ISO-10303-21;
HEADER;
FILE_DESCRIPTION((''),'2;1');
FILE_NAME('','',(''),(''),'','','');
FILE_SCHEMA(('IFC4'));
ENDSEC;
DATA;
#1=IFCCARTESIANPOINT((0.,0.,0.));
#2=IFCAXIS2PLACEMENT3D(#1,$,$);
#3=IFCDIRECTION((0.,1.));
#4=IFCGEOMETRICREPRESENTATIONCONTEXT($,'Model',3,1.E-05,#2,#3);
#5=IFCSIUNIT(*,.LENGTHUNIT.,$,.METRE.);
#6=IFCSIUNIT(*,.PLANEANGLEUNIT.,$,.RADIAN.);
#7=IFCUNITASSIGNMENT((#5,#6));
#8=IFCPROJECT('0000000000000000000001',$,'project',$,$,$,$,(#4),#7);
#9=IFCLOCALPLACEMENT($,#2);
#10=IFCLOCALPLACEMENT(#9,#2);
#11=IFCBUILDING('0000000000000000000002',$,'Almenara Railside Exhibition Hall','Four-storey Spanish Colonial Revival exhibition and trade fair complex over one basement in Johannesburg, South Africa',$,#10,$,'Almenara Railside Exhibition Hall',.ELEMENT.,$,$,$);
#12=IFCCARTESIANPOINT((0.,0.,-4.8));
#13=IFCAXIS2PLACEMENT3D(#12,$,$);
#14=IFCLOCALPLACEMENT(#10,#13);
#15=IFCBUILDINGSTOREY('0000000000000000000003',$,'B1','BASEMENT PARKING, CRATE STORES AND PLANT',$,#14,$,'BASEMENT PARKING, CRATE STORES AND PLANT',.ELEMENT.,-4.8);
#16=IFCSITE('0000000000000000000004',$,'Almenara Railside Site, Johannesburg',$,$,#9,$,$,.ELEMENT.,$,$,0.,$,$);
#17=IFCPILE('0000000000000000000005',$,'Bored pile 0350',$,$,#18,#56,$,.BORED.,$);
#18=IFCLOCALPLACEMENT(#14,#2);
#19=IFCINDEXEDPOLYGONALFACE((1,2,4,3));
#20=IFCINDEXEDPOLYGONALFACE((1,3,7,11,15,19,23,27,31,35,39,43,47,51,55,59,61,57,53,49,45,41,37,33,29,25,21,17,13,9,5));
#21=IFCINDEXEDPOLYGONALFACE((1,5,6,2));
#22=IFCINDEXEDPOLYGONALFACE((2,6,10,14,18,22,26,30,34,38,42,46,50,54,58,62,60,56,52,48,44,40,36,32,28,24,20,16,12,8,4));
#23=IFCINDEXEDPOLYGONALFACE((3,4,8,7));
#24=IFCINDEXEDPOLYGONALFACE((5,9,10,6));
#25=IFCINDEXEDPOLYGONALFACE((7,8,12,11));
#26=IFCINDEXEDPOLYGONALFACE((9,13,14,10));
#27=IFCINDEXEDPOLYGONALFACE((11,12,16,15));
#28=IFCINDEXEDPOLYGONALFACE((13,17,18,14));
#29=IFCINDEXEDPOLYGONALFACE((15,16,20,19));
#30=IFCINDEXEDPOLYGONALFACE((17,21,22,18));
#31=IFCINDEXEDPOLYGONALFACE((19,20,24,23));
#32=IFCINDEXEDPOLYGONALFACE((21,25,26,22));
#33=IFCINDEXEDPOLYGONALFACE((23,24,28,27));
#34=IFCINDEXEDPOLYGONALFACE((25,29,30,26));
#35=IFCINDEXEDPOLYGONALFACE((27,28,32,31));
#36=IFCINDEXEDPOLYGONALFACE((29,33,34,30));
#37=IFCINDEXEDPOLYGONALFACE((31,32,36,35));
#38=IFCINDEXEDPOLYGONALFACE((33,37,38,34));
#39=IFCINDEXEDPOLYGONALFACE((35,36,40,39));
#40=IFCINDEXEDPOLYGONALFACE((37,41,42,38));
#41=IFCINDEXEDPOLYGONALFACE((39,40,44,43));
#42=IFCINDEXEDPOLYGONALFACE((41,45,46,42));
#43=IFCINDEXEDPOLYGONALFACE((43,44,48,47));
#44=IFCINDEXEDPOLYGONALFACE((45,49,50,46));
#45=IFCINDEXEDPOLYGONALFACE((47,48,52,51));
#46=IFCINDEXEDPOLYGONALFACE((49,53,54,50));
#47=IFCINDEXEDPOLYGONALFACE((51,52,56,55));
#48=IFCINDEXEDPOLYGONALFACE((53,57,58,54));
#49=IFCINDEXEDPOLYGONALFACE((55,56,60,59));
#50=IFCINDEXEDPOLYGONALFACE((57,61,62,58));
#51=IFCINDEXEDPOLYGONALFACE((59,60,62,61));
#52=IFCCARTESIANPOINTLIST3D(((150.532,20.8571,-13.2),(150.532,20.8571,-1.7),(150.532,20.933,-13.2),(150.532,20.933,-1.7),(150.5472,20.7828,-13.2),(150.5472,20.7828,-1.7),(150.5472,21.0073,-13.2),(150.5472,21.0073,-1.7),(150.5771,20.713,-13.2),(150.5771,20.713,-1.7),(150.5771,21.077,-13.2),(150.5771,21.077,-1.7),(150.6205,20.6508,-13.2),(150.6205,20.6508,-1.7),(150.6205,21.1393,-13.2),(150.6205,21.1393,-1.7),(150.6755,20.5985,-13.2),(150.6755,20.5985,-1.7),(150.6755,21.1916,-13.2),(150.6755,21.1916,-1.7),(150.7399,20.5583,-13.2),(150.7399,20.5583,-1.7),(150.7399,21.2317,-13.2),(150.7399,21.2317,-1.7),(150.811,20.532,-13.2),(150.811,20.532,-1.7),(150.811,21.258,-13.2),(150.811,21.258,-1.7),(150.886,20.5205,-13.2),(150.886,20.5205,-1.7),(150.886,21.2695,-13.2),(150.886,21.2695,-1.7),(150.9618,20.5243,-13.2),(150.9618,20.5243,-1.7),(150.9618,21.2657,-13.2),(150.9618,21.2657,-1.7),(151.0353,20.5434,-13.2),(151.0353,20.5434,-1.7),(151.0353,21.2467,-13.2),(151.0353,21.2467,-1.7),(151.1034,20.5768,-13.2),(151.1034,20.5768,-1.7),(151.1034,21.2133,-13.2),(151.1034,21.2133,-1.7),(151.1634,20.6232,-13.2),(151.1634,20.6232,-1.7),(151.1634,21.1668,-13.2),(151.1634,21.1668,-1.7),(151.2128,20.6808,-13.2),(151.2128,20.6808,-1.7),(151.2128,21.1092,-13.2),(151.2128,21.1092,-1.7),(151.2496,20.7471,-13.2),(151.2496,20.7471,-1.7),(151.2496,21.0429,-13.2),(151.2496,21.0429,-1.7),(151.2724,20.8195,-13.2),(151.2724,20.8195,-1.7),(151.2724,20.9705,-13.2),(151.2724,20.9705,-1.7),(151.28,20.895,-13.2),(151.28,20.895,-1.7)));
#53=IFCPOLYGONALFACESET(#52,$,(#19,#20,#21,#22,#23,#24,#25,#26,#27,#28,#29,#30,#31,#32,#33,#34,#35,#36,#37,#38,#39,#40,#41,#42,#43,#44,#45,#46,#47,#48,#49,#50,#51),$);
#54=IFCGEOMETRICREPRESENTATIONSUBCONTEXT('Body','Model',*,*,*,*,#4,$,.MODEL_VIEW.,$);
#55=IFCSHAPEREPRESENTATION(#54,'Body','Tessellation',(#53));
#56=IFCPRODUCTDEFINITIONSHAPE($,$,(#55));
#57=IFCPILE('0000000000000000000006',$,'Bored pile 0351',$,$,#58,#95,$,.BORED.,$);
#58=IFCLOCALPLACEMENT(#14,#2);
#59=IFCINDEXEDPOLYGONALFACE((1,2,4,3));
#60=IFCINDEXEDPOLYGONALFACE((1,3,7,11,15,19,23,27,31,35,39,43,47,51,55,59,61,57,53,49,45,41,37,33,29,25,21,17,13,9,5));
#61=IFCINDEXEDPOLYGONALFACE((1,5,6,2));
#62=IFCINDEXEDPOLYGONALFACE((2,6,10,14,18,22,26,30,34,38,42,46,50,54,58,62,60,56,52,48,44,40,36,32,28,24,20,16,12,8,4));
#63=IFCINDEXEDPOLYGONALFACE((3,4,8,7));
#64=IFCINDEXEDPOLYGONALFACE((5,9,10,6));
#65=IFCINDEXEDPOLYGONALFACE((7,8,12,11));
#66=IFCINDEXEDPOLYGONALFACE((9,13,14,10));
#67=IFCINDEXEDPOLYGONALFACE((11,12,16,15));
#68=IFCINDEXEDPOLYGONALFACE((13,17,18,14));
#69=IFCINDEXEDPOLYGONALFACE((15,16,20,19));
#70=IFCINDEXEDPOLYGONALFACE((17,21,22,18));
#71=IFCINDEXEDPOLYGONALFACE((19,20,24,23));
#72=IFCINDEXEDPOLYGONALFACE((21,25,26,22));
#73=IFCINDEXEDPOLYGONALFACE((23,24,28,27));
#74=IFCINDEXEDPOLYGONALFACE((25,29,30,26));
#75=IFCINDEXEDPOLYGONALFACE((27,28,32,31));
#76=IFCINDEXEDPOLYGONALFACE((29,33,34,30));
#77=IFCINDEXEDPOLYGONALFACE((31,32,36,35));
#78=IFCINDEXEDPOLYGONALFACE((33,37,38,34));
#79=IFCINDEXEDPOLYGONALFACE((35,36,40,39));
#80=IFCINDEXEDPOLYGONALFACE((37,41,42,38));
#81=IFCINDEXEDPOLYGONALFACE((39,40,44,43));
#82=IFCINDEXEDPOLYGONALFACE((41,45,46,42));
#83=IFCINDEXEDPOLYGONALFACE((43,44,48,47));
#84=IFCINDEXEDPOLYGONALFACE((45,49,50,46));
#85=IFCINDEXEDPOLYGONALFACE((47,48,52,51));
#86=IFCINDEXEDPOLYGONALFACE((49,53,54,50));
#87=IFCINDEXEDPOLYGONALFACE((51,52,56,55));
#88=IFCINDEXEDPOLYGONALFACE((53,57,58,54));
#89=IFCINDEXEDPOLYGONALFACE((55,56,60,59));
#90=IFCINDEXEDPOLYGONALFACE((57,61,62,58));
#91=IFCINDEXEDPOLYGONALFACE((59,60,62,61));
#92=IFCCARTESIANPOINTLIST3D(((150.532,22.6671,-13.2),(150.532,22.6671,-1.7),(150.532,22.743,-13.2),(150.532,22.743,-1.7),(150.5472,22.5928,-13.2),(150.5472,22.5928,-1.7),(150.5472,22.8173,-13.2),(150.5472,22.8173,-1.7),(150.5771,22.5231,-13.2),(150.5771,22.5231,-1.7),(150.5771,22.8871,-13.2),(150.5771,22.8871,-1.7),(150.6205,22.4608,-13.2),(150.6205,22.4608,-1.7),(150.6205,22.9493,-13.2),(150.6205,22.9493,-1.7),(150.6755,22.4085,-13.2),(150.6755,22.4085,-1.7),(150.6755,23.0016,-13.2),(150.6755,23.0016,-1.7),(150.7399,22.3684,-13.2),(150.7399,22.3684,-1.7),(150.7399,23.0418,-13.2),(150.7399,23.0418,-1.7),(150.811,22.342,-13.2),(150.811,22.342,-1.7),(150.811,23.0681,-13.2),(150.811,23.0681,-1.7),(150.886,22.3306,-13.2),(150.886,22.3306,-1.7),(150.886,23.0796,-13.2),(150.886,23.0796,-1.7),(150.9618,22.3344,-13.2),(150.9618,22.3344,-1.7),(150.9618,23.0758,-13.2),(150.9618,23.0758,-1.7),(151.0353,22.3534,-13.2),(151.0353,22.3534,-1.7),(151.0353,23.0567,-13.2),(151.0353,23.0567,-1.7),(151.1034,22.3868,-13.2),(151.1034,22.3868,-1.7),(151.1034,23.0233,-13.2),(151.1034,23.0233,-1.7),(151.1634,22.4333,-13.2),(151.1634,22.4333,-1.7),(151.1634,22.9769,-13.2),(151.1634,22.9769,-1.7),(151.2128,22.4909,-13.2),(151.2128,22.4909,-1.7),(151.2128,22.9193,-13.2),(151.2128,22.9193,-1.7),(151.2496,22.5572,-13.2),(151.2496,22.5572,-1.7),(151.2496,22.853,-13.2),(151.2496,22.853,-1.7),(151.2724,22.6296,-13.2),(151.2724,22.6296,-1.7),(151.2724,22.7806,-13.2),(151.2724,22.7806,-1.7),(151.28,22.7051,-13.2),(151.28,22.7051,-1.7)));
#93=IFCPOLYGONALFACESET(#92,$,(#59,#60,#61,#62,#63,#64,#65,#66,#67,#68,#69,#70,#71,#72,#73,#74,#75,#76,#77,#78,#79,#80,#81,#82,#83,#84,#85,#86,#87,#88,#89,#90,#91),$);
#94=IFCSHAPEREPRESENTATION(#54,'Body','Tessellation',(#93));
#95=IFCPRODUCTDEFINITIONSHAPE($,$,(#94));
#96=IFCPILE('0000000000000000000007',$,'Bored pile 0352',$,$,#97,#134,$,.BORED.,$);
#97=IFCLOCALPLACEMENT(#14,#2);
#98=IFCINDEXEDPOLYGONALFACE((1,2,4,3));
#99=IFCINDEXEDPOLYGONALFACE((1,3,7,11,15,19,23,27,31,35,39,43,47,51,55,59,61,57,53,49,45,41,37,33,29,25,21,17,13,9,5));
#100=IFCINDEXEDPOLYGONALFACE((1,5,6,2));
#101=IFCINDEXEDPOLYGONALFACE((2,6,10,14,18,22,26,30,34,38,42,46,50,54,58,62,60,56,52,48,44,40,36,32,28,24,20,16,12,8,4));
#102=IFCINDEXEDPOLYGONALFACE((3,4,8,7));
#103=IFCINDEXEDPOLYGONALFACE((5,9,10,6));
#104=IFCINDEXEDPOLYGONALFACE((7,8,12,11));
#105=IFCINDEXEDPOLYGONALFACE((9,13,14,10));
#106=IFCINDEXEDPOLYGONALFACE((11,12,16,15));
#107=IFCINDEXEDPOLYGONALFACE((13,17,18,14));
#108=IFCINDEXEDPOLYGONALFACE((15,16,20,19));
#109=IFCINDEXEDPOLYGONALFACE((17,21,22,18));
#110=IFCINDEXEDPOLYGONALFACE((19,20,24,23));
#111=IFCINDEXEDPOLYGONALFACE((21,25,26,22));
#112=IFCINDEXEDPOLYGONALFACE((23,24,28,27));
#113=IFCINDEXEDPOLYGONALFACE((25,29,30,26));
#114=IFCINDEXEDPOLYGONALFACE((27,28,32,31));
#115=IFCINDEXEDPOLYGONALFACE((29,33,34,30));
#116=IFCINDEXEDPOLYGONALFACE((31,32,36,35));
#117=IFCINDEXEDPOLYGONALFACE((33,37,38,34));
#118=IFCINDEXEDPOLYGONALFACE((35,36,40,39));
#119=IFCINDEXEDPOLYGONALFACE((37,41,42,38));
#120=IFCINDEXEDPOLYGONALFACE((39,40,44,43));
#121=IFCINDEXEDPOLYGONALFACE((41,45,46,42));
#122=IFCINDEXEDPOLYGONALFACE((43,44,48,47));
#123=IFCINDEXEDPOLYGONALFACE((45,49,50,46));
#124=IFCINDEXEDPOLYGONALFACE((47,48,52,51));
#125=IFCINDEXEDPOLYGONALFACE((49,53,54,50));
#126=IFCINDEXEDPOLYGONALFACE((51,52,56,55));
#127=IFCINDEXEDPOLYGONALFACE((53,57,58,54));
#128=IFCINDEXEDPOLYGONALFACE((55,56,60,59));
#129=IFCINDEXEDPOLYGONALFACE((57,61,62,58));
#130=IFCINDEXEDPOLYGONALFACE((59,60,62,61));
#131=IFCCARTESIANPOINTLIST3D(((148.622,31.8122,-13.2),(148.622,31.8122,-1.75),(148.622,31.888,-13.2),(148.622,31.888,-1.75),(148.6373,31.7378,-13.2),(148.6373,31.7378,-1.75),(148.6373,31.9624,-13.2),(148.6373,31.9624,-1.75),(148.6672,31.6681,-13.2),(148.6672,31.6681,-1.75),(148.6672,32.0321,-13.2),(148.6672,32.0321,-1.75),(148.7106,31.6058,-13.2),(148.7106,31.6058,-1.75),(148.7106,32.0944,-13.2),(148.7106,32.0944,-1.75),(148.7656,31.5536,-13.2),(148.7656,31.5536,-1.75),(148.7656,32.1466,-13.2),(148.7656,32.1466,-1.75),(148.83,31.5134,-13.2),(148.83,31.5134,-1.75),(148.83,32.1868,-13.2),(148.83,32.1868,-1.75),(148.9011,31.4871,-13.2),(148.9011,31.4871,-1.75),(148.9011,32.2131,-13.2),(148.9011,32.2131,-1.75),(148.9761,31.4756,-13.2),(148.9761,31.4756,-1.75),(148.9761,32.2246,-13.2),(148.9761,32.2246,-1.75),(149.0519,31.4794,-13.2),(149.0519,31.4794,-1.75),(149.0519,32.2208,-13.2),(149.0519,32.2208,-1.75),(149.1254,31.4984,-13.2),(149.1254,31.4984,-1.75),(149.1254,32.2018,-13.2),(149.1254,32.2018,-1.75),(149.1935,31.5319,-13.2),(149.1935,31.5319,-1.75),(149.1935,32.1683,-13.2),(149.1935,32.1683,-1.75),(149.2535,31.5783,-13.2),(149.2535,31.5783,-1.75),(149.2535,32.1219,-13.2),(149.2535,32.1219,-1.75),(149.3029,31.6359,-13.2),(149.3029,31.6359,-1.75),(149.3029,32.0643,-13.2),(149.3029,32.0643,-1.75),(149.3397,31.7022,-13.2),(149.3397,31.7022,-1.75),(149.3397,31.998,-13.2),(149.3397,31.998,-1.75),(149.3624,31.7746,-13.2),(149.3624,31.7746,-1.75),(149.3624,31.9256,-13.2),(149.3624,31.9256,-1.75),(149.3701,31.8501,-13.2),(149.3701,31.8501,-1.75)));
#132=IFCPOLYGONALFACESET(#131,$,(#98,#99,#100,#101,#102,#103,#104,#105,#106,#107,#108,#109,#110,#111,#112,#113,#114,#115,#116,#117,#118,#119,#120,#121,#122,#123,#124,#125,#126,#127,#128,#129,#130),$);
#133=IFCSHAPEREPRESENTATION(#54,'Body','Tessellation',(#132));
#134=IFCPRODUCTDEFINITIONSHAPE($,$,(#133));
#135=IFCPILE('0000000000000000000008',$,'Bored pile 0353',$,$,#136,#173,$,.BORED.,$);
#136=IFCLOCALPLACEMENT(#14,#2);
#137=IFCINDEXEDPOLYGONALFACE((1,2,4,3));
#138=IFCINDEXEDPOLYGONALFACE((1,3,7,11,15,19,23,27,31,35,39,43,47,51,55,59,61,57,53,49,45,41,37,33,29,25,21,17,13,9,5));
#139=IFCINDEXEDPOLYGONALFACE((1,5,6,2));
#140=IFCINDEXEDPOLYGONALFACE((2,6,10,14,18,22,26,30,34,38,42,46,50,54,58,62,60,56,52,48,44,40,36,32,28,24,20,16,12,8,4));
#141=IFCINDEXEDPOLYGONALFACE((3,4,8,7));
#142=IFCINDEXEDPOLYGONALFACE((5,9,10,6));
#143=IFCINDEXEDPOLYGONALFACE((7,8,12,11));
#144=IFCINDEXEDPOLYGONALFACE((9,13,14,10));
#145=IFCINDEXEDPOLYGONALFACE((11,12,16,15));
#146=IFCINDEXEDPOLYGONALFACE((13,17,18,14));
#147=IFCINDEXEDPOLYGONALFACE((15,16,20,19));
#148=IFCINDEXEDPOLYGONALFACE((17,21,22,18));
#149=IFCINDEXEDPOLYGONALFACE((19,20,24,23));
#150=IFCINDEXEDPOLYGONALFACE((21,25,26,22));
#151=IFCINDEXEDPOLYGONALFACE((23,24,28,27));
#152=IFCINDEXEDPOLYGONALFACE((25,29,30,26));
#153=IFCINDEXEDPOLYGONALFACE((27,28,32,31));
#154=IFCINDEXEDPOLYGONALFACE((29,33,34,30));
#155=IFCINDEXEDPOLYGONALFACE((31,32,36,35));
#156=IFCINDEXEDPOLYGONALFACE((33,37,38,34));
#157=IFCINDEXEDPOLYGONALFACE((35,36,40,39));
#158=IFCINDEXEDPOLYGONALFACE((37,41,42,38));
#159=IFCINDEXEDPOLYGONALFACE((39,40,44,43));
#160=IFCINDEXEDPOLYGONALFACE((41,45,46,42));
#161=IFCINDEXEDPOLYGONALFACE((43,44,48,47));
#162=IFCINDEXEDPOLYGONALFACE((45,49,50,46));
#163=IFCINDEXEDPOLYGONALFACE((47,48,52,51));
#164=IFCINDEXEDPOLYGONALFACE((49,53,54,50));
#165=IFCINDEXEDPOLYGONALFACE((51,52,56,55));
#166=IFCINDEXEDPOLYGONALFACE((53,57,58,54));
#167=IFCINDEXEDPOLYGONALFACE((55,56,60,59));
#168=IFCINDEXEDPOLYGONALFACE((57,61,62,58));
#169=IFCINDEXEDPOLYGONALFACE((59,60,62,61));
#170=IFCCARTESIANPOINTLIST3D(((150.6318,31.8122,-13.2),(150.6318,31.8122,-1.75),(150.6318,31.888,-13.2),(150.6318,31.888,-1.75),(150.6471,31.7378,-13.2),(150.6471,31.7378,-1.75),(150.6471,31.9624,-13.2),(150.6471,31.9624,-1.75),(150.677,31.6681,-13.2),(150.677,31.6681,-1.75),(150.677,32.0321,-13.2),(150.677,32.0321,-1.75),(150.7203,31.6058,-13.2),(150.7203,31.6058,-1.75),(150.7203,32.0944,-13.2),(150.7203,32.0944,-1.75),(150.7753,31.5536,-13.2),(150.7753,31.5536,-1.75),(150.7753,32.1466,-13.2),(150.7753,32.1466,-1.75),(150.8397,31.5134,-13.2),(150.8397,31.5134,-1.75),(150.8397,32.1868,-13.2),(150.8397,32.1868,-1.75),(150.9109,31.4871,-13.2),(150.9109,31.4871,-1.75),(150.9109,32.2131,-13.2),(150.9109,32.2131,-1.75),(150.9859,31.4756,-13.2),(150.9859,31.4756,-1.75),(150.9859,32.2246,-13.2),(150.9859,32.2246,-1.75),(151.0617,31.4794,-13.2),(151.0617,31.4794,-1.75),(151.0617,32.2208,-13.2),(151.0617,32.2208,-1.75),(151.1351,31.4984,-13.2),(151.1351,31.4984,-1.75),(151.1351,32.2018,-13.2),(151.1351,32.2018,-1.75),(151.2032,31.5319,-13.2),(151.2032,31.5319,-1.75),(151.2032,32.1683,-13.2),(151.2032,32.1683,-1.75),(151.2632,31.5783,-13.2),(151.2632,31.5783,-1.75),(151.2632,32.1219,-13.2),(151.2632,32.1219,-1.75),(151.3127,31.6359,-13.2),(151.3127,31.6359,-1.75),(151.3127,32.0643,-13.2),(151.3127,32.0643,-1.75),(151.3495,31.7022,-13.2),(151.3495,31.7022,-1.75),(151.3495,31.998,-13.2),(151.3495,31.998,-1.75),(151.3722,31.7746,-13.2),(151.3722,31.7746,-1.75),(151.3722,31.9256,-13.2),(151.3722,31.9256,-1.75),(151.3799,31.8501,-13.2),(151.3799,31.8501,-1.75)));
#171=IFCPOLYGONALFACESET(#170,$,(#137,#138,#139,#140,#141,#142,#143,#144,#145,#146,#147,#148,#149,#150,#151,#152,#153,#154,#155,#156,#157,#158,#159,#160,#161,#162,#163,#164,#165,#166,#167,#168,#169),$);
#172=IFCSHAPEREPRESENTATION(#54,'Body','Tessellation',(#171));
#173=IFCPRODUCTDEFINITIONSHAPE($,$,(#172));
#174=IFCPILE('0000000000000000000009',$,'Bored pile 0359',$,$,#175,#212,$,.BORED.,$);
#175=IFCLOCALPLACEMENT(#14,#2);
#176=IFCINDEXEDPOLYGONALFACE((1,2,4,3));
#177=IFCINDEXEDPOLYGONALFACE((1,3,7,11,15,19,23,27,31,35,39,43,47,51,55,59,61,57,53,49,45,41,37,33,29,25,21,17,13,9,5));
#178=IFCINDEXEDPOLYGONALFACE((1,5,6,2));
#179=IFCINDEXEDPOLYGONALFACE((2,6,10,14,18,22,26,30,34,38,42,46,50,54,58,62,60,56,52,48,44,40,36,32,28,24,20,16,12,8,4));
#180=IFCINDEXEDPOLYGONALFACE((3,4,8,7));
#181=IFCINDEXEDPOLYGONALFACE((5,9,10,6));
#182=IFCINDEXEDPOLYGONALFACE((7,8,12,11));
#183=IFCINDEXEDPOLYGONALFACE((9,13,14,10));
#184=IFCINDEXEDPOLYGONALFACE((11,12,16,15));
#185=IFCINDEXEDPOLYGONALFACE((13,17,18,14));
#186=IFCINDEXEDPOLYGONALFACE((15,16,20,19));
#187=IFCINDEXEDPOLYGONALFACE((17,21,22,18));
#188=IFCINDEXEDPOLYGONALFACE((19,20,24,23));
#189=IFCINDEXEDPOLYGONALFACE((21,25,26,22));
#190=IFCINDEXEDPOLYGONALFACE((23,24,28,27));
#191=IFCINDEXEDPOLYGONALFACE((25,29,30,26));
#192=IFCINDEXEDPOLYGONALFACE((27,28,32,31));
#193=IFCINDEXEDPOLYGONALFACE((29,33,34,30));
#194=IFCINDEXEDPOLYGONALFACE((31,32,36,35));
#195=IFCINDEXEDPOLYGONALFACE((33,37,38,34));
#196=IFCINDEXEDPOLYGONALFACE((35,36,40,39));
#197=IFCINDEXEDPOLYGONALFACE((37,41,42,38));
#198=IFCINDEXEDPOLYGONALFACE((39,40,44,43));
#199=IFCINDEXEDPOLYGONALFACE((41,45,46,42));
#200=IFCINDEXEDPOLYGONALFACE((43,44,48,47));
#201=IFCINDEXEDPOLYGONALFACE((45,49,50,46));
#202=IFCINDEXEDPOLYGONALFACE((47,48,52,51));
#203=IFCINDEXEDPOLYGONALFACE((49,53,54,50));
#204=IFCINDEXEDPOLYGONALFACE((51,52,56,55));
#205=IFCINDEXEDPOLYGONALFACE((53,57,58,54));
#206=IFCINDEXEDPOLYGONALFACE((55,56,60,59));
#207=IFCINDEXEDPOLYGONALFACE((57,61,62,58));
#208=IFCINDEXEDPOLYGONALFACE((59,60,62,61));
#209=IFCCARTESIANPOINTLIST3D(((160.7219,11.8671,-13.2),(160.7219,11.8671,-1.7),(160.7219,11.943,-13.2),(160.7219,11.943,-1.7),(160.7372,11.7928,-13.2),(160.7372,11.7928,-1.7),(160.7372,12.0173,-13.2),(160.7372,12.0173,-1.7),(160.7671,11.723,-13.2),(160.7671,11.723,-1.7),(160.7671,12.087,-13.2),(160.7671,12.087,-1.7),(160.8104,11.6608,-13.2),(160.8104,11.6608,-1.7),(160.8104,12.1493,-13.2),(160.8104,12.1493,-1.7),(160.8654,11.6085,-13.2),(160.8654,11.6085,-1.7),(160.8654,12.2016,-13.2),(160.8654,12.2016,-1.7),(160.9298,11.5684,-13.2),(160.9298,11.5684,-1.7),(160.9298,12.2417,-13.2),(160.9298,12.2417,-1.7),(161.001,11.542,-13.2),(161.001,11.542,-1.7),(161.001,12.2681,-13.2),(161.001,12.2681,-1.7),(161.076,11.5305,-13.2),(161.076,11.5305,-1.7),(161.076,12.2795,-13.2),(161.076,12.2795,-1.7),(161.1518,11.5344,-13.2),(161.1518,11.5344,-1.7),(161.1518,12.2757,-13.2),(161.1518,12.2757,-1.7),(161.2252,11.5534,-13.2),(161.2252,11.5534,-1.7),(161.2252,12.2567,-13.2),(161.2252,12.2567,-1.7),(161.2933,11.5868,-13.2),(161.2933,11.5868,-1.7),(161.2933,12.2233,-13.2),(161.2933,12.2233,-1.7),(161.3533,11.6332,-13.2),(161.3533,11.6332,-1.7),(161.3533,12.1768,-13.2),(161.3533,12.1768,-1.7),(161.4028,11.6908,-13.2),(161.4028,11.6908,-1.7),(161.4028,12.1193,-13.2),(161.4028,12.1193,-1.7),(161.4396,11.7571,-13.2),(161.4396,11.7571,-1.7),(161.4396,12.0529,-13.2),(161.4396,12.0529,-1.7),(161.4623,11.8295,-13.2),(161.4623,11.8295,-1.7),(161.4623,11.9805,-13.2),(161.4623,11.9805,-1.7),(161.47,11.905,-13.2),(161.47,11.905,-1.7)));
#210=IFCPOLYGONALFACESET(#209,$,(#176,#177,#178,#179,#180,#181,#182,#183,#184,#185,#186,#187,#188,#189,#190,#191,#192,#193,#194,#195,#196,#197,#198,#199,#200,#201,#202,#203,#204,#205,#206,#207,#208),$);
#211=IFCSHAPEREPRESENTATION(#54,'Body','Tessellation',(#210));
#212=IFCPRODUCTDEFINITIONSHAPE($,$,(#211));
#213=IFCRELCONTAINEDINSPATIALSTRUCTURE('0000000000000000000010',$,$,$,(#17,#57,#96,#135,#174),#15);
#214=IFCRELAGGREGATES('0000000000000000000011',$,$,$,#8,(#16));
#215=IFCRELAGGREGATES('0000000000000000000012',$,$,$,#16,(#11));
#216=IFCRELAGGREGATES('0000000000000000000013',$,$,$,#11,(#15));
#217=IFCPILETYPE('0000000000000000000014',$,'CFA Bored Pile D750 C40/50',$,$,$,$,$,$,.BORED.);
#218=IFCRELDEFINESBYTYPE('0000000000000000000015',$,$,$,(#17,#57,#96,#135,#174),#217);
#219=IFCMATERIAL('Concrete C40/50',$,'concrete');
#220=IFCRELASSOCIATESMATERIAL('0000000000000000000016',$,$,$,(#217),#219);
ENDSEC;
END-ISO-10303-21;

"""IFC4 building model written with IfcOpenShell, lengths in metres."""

from ifc_helpers import new_model, si_unit, direction, frame, origin, origin_2d, place, context, subcontext, project, spatial, circle, extrude, material, material_profile, profile_set, type_object, element, save


model = new_model("IFC4")

# Units and contexts
model_context = context("Model", 3, precision=1e-05, world=origin(), true_north=direction((0.0, 1.0)))
body_context = subcontext(model_context, "Body", "Model", "MODEL_VIEW")
ifc_project = project(units=[si_unit("LENGTHUNIT", "METRE"), si_unit("PLANEANGLEUNIT", "RADIAN")], contexts=[model_context])

# Site, building, storey
site_placement = place(None, origin())
site = spatial("IfcSite", under=ifc_project, at=site_placement, Name="Almenara Railside Site, Johannesburg", CompositionType="ELEMENT", RefElevation=0.0)
building_placement = place(site_placement, origin())
building = spatial("IfcBuilding", under=site, at=building_placement, Name="Almenara Railside Exhibition Hall", Description="Four-storey Spanish Colonial Revival exhibition and trade fair complex over one basement in Johannesburg, South Africa", LongName="Almenara Railside Exhibition Hall", CompositionType="ELEMENT")
storey_placement = place(building_placement, frame((0.0, 0.0, -4.8)))
storey = spatial("IfcBuildingStorey", under=building, at=storey_placement, Name="B1", Description="BASEMENT PARKING, CRATE STORES AND PLANT", LongName="BASEMENT PARKING, CRATE STORES AND PLANT", CompositionType="ELEMENT", Elevation=-4.8)

# Piles
ifc_material_1 = material(Name="Concrete C40/50", Category="concrete")
ifc_material_profile_1 = material_profile(ifc_material_1, circle(Radius=0.375, at=origin_2d()), Name="CFA-PILE D750")
ifc_profile_set_1 = profile_set([ifc_material_profile_1], Name="Concrete C40/50")
pile_type = type_object("IfcPileType", Name="CFA Bored Pile D750 C40/50", PredefinedType="BORED", material=ifc_profile_set_1)
for number, where, z_axis, x_axis, name in (
    (1, (150.905, 20.895, -1.7), (0.0, 0.0, -1.0), (1.0, 0.0, 0.0), "Bored pile 0350"),
    (2, (150.905, 22.7051, -1.7), (0.0, 0.0, -1.0), (1.0, 0.0, 0.0), "Bored pile 0351"),
):
    element("IfcPile", number, at=place(storey_placement, frame(where, z_axis=z_axis, x_axis=x_axis)), inside=storey, type_object=pile_type, Name=name, PredefinedType="BORED", context=body_context, shape_type="SweptSolid", body=[
        extrude(circle(Radius=0.375, at=origin_2d()), origin(), (0.0, 0.0, 1.0), 11.5),
    ])
for number, where, z_axis, x_axis, name in (
    (3, (148.9951, 31.8501, -1.75), (0.0, 0.0, -1.0), (1.0, 0.0, 0.0), "Bored pile 0352"),
    (4, (151.0049, 31.8501, -1.75), (0.0, 0.0, -1.0), (1.0, 0.0, 0.0), "Bored pile 0353"),
):
    element("IfcPile", number, at=place(storey_placement, frame(where, z_axis=z_axis, x_axis=x_axis)), inside=storey, type_object=pile_type, Name=name, PredefinedType="BORED", context=body_context, shape_type="SweptSolid", body=[
        extrude(circle(Radius=0.375, at=origin_2d()), origin(), (0.0, 0.0, 1.0), 11.45),
    ])
for number, where, z_axis, x_axis, name in (
    (5, (161.095, 11.905, -1.7), (0.0, 0.0, -1.0), (1.0, 0.0, 0.0), "Bored pile 0359"),
):
    element("IfcPile", number, at=place(storey_placement, frame(where, z_axis=z_axis, x_axis=x_axis)), inside=storey, type_object=pile_type, Name=name, PredefinedType="BORED", context=body_context, shape_type="SweptSolid", body=[
        extrude(circle(Radius=0.375, at=origin_2d()), origin(), (0.0, 0.0, 1.0), 11.5),
    ])

save(model, "model.ifc")
